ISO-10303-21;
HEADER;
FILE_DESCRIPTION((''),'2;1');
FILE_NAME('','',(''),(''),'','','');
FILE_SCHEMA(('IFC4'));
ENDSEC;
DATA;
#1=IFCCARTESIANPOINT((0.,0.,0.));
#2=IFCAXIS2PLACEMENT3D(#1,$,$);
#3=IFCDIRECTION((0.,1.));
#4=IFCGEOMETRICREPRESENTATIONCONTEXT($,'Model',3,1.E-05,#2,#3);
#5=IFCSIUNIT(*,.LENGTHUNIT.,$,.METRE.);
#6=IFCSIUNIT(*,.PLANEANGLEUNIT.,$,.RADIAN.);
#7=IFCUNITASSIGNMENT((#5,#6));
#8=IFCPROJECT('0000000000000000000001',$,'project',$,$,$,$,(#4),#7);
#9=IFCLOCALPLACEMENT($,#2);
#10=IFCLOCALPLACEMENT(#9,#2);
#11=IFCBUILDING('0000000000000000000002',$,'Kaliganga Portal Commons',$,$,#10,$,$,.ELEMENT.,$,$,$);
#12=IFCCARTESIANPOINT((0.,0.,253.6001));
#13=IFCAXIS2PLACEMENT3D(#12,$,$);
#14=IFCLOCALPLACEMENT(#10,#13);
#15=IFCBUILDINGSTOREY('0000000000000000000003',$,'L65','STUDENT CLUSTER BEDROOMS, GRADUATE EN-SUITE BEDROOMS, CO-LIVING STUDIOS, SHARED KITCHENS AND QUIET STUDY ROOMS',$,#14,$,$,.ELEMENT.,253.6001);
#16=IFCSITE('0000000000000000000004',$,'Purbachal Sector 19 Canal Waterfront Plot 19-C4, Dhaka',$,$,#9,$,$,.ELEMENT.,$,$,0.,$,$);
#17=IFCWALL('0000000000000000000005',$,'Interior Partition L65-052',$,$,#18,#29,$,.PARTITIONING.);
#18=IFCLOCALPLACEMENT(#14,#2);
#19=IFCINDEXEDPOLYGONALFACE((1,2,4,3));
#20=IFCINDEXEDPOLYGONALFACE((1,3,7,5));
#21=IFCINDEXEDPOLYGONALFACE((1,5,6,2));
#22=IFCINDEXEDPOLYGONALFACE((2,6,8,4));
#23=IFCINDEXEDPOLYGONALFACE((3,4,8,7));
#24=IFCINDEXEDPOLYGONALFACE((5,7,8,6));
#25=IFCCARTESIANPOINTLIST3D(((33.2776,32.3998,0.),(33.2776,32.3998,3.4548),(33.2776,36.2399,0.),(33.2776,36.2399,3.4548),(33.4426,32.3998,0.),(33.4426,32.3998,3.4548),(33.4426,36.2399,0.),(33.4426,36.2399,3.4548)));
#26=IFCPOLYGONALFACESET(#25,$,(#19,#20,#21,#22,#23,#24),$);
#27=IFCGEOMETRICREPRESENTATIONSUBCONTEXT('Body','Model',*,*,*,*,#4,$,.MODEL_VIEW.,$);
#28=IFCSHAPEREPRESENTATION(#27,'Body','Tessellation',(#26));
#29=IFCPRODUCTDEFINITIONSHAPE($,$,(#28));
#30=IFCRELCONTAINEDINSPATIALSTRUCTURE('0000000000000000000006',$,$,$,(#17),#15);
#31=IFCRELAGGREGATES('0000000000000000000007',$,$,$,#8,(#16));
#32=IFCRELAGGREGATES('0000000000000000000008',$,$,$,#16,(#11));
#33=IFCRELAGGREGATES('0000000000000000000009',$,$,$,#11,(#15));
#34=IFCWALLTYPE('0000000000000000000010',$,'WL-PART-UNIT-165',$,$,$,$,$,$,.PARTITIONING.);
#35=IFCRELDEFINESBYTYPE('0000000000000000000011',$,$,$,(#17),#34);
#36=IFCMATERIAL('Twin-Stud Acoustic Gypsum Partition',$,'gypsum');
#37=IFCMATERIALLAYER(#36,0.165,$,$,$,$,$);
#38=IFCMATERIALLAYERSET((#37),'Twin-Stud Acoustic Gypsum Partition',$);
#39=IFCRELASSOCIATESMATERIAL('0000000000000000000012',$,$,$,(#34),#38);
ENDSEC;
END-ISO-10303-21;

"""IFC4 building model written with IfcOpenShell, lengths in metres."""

from ifc_helpers import new_model, si_unit, direction, frame, frame_2d, origin, place, context, subcontext, project, spatial, rectangle, extrude, material, layer, layer_set, type_object, element, save


model = new_model("IFC4")

# Units and contexts
model_context = context("Model", 3, precision=1e-05, world=origin(), true_north=direction((0.0, 1.0)))
body_context = subcontext(model_context, "Body", "Model", "MODEL_VIEW")
ifc_project = project(units=[si_unit("LENGTHUNIT", "METRE"), si_unit("PLANEANGLEUNIT", "RADIAN")], contexts=[model_context])

# Site, building, storey
site_placement = place(None, origin())
site = spatial("IfcSite", under=ifc_project, at=site_placement, Name="Purbachal Sector 19 Canal Waterfront Plot 19-C4, Dhaka", CompositionType="ELEMENT", RefElevation=0.0)
building_placement = place(site_placement, origin())
building = spatial("IfcBuilding", under=site, at=building_placement, Name="Kaliganga Portal Commons", CompositionType="ELEMENT")
storey_placement = place(building_placement, frame((0.0, 0.0, 253.6001)))
storey = spatial("IfcBuildingStorey", under=building, at=storey_placement, Name="L65", Description="STUDENT CLUSTER BEDROOMS, GRADUATE EN-SUITE BEDROOMS, CO-LIVING STUDIOS, SHARED KITCHENS AND QUIET STUDY ROOMS", CompositionType="ELEMENT", Elevation=253.6001)

# Wall
ifc_material_1 = material(Name="Twin-Stud Acoustic Gypsum Partition", Category="gypsum")
ifc_layer_1 = layer(ifc_material_1, 0.165)
ifc_layer_set_1 = layer_set([ifc_layer_1], Name="Twin-Stud Acoustic Gypsum Partition")
wall_type_1 = type_object("IfcWallType", Name="WL-PART-UNIT-165", PredefinedType="PARTITIONING", material=ifc_layer_set_1)
wall_1_placement = place(storey_placement, frame((33.3601, 32.3999, 0.0), z_axis=(0.0, 0.0, 1.0), x_axis=(0.0, 1.0, 0.0)))
element("IfcWall", 1, at=wall_1_placement, inside=storey, type_object=wall_type_1, Name="Interior Partition L65-052", PredefinedType="PARTITIONING", context=body_context, shape_type="SweptSolid", body=[
    extrude(rectangle(XDim=3.8401, YDim=0.165, at=frame_2d((1.9199, 0.0))), origin(), (0.0, 0.0, 1.0), 3.4548),
])

save(model, "model.ifc")
